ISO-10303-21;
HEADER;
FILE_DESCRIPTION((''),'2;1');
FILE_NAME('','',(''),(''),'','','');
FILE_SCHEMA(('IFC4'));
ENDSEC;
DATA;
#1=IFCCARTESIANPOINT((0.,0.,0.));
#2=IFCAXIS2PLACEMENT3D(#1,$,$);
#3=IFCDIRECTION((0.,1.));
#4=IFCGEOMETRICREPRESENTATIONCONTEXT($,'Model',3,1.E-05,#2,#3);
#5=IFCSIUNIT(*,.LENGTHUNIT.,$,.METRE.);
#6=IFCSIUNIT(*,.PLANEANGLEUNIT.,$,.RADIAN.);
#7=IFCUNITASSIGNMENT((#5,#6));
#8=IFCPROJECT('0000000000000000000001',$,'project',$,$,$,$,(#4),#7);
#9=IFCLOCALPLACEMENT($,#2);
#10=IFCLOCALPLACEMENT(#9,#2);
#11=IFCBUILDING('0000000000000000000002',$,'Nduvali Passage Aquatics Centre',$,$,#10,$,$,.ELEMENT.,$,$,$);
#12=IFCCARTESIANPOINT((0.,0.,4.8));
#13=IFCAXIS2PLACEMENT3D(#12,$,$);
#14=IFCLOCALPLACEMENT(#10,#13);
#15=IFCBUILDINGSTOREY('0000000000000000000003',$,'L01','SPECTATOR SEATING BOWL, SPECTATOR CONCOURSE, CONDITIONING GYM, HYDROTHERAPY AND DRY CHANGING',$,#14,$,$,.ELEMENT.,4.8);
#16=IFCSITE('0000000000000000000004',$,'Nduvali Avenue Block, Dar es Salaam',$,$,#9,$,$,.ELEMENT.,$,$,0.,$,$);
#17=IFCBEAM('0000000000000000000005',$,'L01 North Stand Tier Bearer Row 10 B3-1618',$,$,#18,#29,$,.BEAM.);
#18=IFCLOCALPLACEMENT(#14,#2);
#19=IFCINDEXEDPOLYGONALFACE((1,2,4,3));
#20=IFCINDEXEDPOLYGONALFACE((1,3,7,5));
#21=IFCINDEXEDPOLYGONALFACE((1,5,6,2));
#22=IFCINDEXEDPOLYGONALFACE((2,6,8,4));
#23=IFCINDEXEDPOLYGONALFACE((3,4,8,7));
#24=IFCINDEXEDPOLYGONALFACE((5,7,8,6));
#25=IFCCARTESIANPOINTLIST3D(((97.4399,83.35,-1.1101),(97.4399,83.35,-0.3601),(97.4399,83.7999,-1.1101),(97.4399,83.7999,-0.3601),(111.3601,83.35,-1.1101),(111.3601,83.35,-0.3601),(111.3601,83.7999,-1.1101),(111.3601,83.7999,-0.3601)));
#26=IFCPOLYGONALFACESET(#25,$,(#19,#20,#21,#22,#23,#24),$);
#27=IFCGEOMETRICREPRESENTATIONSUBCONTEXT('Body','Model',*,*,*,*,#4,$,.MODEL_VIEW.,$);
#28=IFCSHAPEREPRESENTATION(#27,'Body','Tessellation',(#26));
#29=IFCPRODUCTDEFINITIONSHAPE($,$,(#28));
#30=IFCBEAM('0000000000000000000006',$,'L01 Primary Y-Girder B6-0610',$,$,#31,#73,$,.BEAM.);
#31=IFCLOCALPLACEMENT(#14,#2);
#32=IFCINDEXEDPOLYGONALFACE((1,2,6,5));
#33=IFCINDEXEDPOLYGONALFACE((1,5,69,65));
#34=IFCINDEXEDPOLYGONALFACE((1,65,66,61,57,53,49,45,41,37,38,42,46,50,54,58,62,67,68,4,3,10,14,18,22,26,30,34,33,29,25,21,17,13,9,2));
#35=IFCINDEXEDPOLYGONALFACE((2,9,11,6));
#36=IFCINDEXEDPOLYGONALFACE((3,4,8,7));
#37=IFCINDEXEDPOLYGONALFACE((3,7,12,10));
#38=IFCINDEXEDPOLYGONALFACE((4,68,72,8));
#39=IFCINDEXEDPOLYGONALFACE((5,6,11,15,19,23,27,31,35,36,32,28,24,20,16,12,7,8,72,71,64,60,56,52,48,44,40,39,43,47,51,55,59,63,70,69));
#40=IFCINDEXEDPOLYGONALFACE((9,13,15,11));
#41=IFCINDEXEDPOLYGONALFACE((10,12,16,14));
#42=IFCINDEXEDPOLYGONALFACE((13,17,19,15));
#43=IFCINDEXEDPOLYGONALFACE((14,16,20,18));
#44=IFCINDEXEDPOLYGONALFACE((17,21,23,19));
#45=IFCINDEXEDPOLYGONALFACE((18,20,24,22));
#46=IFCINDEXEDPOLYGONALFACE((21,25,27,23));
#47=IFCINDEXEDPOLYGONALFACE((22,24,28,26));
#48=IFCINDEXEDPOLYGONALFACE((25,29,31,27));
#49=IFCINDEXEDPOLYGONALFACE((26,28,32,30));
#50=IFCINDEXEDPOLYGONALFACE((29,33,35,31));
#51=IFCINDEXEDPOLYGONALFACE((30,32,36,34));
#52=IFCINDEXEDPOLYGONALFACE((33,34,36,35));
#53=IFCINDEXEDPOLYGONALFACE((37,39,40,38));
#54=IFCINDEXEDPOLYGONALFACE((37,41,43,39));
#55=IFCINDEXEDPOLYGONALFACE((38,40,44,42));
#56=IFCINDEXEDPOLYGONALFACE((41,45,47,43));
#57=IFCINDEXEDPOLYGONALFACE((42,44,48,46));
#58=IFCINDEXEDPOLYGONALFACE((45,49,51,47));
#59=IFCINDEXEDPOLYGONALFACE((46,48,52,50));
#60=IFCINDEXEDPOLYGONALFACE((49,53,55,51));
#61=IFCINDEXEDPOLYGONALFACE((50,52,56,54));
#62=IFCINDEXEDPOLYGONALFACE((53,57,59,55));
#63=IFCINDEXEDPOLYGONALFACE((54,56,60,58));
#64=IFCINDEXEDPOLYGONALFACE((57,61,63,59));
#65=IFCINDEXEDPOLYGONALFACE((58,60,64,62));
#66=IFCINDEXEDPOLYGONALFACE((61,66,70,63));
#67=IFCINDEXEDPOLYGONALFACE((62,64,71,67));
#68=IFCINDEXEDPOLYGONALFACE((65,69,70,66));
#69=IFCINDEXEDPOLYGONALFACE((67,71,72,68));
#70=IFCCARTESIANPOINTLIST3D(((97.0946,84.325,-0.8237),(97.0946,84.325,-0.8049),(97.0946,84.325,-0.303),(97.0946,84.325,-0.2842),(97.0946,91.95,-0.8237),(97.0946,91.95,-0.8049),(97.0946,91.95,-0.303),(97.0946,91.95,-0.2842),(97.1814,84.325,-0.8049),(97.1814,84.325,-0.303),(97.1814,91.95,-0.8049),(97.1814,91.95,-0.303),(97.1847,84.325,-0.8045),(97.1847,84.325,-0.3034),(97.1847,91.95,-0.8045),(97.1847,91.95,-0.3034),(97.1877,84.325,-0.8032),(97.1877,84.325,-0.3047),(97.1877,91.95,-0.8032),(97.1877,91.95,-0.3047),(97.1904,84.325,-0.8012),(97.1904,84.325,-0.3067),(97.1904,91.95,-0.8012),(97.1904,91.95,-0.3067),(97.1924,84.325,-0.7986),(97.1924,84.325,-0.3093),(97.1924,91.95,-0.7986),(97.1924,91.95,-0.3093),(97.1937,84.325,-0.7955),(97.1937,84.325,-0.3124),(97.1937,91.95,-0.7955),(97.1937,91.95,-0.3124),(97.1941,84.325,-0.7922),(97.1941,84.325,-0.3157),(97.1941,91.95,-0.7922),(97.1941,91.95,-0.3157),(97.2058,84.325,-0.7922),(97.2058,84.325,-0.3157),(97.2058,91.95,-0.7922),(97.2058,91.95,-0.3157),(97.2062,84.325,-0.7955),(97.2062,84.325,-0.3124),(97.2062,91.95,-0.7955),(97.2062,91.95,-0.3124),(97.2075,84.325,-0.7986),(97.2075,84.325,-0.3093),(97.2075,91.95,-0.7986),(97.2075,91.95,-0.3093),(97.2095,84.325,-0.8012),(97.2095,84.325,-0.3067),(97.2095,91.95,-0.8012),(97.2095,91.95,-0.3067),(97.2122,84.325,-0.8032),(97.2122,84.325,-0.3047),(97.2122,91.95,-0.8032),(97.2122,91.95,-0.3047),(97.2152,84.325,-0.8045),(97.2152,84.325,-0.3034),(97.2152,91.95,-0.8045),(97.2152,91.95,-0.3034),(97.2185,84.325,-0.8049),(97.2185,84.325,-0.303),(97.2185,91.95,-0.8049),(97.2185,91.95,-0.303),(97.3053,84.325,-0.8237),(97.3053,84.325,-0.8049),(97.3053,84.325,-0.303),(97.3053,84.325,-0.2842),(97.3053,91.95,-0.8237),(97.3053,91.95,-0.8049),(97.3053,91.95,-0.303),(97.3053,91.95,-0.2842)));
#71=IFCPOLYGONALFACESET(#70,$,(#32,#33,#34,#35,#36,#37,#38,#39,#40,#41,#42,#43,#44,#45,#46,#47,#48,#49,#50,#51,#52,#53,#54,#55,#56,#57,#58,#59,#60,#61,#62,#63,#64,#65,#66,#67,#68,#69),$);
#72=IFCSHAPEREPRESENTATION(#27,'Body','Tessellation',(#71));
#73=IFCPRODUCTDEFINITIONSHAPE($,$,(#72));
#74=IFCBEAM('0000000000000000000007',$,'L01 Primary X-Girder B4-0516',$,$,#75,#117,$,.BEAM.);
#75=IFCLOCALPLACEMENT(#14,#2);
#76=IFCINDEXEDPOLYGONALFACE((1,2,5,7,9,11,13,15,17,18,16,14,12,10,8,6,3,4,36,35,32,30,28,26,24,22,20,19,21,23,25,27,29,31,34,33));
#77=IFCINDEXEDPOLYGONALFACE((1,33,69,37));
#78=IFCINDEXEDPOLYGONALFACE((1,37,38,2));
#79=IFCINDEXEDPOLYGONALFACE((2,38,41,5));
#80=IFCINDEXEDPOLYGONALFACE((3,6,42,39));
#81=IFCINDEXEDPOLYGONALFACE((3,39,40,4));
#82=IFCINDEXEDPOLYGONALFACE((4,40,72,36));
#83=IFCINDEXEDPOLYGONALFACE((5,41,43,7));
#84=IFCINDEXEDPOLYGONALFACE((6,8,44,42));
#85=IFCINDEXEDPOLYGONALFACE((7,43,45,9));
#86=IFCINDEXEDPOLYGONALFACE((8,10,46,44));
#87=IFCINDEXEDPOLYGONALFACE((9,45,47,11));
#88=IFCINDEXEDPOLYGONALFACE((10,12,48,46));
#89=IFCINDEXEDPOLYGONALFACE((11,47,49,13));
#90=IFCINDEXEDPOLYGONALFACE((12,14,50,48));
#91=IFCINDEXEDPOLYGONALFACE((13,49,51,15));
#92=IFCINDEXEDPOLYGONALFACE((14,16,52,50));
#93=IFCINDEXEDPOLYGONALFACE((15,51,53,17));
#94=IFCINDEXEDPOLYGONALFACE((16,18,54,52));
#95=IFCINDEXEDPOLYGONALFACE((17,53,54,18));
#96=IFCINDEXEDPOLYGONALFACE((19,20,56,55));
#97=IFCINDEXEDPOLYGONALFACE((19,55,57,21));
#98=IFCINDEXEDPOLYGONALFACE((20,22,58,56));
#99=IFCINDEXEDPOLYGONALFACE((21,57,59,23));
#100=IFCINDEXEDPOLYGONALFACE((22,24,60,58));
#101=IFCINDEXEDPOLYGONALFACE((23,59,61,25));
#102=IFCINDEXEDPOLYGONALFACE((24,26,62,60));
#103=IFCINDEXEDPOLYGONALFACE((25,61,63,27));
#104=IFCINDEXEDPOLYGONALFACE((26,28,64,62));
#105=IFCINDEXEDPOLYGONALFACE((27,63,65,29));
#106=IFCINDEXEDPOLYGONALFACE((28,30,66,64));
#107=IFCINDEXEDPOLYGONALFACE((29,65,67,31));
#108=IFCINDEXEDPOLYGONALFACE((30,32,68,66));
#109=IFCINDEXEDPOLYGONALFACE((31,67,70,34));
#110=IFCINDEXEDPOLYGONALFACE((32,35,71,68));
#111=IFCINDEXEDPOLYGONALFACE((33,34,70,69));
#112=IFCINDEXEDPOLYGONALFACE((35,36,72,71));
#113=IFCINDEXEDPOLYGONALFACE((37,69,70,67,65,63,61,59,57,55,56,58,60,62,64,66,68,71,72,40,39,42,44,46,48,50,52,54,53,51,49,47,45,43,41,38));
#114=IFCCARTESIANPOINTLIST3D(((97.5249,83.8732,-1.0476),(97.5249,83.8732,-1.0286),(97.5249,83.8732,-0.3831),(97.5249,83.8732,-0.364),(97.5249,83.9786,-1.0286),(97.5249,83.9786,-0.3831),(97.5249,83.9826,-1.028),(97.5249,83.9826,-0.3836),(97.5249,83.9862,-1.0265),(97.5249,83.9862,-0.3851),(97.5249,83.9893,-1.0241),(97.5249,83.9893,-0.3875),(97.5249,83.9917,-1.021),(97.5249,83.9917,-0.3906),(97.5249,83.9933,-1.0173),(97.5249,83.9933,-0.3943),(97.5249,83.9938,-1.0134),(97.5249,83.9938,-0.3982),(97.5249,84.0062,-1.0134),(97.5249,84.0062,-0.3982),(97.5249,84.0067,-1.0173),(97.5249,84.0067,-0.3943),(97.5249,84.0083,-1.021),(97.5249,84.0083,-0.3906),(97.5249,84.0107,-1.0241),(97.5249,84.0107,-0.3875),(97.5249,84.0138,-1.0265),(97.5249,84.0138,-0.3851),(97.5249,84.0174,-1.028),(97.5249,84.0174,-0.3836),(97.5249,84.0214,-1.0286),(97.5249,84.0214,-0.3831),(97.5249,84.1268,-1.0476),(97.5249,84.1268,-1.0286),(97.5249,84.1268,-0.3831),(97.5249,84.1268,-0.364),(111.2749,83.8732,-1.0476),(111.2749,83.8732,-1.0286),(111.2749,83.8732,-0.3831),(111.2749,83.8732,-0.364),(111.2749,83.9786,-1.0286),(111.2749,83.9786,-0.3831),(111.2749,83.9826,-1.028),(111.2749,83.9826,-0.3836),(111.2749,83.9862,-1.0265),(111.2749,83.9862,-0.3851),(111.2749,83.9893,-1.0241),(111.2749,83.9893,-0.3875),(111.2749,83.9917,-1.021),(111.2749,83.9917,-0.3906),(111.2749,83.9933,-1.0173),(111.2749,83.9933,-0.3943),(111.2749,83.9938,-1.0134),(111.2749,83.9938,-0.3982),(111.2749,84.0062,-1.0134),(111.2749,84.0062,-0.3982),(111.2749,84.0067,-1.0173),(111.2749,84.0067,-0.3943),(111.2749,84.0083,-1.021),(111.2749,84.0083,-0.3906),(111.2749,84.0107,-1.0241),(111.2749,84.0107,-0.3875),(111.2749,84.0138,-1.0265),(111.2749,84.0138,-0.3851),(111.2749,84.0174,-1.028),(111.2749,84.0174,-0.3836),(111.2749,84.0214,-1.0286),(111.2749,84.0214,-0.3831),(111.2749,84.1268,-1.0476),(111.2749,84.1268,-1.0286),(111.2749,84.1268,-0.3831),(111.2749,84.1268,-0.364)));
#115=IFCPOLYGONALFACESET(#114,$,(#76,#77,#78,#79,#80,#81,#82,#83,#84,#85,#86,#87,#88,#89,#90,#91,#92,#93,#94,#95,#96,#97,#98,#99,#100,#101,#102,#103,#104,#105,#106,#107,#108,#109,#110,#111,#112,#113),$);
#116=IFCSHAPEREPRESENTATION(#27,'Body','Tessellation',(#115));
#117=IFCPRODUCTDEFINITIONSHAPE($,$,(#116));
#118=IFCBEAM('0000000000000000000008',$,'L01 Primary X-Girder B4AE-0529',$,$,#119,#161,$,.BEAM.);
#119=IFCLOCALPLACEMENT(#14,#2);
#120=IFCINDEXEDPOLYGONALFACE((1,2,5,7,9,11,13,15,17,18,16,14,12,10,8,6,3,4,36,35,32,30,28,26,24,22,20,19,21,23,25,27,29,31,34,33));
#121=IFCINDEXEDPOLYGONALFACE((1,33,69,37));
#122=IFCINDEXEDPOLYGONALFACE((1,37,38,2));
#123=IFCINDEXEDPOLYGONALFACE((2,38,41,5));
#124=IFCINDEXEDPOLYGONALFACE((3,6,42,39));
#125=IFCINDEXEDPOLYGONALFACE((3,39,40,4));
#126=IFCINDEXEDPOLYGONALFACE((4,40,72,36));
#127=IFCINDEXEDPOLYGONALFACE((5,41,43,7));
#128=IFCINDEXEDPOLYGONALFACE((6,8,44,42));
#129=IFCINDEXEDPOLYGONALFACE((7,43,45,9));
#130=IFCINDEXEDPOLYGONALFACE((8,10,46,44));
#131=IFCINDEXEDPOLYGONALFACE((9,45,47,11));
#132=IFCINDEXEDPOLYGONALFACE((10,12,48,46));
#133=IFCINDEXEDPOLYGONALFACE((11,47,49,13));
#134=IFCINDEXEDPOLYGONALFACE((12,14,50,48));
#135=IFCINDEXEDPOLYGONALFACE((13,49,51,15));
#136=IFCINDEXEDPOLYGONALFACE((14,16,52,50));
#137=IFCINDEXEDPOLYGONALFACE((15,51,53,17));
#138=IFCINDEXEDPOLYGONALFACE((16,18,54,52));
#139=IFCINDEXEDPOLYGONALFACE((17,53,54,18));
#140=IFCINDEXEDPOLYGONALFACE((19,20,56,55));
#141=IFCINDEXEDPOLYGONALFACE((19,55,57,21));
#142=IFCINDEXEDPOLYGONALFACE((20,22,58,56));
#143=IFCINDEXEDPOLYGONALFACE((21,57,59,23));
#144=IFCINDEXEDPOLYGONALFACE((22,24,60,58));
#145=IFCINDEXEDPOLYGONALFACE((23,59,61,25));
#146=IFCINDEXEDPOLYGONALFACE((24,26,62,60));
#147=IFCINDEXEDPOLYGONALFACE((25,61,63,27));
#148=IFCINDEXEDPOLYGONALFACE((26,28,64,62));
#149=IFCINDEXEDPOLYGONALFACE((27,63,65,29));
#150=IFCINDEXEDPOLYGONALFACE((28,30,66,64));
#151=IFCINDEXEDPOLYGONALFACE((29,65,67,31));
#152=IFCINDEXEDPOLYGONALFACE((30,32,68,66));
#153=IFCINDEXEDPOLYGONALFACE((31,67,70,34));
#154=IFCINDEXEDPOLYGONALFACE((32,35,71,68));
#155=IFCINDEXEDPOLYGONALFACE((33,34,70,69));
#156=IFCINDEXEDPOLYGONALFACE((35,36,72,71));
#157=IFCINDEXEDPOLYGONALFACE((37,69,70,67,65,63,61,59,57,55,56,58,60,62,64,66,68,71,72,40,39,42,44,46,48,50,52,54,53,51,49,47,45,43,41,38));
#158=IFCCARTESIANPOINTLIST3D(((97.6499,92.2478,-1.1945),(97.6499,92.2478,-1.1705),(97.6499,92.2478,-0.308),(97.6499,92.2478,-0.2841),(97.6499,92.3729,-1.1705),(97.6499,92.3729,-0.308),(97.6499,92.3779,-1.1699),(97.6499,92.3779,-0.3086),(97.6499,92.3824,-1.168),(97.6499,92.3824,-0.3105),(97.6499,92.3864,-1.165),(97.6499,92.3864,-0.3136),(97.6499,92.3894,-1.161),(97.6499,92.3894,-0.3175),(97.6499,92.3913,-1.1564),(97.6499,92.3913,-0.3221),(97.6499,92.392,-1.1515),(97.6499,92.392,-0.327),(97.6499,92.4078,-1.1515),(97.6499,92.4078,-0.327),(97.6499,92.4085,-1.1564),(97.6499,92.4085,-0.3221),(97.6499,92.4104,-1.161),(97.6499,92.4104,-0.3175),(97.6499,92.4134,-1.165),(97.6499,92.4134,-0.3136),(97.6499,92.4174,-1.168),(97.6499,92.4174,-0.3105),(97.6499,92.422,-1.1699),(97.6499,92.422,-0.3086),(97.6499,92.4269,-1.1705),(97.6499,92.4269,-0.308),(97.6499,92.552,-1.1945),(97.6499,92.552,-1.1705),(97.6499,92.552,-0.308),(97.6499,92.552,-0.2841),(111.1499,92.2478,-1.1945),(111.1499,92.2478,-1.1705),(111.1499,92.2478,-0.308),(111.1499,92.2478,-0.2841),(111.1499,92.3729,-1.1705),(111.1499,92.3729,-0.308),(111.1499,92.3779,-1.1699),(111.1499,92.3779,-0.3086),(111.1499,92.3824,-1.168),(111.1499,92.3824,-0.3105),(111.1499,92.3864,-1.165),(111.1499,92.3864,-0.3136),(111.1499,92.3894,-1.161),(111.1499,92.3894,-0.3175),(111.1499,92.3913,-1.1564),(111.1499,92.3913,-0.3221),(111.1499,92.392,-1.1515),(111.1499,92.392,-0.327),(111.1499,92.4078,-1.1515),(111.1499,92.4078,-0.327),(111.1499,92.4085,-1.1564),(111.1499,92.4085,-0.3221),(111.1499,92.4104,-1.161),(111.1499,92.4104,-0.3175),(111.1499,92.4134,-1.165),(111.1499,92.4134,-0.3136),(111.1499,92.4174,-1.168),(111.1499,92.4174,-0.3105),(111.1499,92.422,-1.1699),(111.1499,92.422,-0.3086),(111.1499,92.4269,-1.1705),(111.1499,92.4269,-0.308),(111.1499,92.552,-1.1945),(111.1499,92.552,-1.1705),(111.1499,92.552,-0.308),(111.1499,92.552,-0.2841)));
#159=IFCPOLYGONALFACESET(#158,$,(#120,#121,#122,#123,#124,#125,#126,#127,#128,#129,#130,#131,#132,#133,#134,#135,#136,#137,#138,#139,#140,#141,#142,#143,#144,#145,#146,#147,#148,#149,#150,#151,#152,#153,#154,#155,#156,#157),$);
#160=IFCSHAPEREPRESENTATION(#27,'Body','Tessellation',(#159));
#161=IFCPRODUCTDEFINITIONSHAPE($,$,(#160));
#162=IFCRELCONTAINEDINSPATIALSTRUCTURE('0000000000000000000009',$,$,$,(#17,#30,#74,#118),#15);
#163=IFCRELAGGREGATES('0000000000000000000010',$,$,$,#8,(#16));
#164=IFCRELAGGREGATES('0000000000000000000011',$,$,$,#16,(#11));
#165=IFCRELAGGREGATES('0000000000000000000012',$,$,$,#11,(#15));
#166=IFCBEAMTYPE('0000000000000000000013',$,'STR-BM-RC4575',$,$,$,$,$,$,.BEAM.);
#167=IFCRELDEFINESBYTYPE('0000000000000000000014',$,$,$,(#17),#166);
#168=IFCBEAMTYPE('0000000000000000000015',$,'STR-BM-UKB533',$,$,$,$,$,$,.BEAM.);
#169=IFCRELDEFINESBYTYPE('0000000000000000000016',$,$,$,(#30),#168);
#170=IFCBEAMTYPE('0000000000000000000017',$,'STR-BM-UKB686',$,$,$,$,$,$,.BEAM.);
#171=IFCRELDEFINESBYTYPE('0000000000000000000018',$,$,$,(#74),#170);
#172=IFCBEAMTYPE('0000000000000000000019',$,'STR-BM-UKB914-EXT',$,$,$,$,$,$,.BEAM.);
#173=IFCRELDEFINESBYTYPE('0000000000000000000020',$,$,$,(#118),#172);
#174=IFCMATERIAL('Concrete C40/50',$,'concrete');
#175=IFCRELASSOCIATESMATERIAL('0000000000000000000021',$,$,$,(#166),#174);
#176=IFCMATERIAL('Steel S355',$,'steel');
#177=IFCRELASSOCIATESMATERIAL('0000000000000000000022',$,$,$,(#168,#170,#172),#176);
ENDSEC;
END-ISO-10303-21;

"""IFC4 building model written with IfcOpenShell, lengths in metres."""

from ifc_helpers import new_model, si_unit, direction, frame, origin, origin_2d, place, context, subcontext, project, spatial, rectangle, i_section, extrude, material, material_profile, profile_set, type_object, element, save


model = new_model("IFC4")

# Units and contexts
model_context = context("Model", 3, precision=1e-05, world=origin(), true_north=direction((0.0, 1.0)))
body_context = subcontext(model_context, "Body", "Model", "MODEL_VIEW")
ifc_project = project(units=[si_unit("LENGTHUNIT", "METRE"), si_unit("PLANEANGLEUNIT", "RADIAN")], contexts=[model_context])

# Site, building, storey
site_placement = place(None, origin())
site = spatial("IfcSite", under=ifc_project, at=site_placement, Name="Nduvali Avenue Block, Dar es Salaam", CompositionType="ELEMENT", RefElevation=0.0)
building_placement = place(site_placement, origin())
building = spatial("IfcBuilding", under=site, at=building_placement, Name="Nduvali Passage Aquatics Centre", CompositionType="ELEMENT")
storey_placement = place(building_placement, frame((0.0, 0.0, 4.8)))
storey = spatial("IfcBuildingStorey", under=building, at=storey_placement, Name="L01", Description="SPECTATOR SEATING BOWL, SPECTATOR CONCOURSE, CONDITIONING GYM, HYDROTHERAPY AND DRY CHANGING", CompositionType="ELEMENT", Elevation=4.8)

# Shared definitions
ifc_material_1 = material(Name="Concrete C40/50", Category="concrete")
ifc_material_2 = material(Name="Steel S355", Category="steel")

# Beams
ifc_material_profile_1 = material_profile(ifc_material_1, rectangle(XDim=0.45, YDim=0.75, at=origin_2d()), Name="RC 450x750")
ifc_profile_set_1 = profile_set([ifc_material_profile_1], Name="Concrete C40/50")
beam_type_1 = type_object("IfcBeamType", Name="STR-BM-RC4575", PredefinedType="BEAM", material=ifc_profile_set_1)
for number, where, z_axis, x_axis, name in (
    (1, (97.4399, 83.575, -0.7351), (1.0, 0.0, 0.0), (0.0, 1.0, 0.0), "L01 North Stand Tier Bearer Row 10 B3-1618"),
):
    element("IfcBeam", number, at=place(storey_placement, frame(where, z_axis=z_axis, x_axis=x_axis)), inside=storey, type_object=beam_type_1, Name=name, PredefinedType="BEAM", context=body_context, shape_type="SweptSolid", body=[
        extrude(rectangle(XDim=0.45, YDim=0.75, at=origin_2d()), origin(), (0.0, 0.0, 1.0), 13.9202),
    ])
ifc_material_profile_2 = material_profile(ifc_material_2, i_section(OverallWidth=0.2107, OverallDepth=0.5396, WebThickness=0.0117, FlangeThickness=0.0188, FilletRadius=0.0127, at=origin_2d()), Name="UKB 533x210x109")
ifc_profile_set_2 = profile_set([ifc_material_profile_2], Name="Steel S355")
beam_type_2 = type_object("IfcBeamType", Name="STR-BM-UKB533", PredefinedType="BEAM", material=ifc_profile_set_2)
beam_1_placement = place(storey_placement, frame((97.2, 84.325, -0.554), z_axis=(0.0, 1.0, 0.0), x_axis=(-1.0, 0.0, 0.0)))
element("IfcBeam", 2, at=beam_1_placement, inside=storey, type_object=beam_type_2, Name="L01 Primary Y-Girder B6-0610", PredefinedType="BEAM", context=body_context, shape_type="SweptSolid", body=[
    extrude(i_section(OverallWidth=0.2107, OverallDepth=0.5396, WebThickness=0.0117, FlangeThickness=0.0188, FilletRadius=0.0127, at=origin_2d()), origin(), (0.0, 0.0, 1.0), 7.625),
])
ifc_material_profile_3 = material_profile(ifc_material_2, i_section(OverallWidth=0.2537, OverallDepth=0.6836, WebThickness=0.0125, FlangeThickness=0.019, FilletRadius=0.0151, at=origin_2d()), Name="UKB 686x254x140")
ifc_profile_set_3 = profile_set([ifc_material_profile_3], Name="Steel S355")
beam_type_3 = type_object("IfcBeamType", Name="STR-BM-UKB686", PredefinedType="BEAM", material=ifc_profile_set_3)
beam_2_placement = place(storey_placement, frame((97.5249, 84.0, -0.7058), z_axis=(1.0, 0.0, 0.0), x_axis=(0.0, 1.0, 0.0)))
element("IfcBeam", 3, at=beam_2_placement, inside=storey, type_object=beam_type_3, Name="L01 Primary X-Girder B4-0516", PredefinedType="BEAM", context=body_context, shape_type="SweptSolid", body=[
    extrude(i_section(OverallWidth=0.2537, OverallDepth=0.6836, WebThickness=0.0125, FlangeThickness=0.019, FilletRadius=0.0151, at=origin_2d()), origin(), (0.0, 0.0, 1.0), 13.75),
])
ifc_material_profile_4 = material_profile(ifc_material_2, i_section(OverallWidth=0.3042, OverallDepth=0.9104, WebThickness=0.0159, FlangeThickness=0.0239, FilletRadius=0.019, at=origin_2d()), Name="UKB 914x305x224")
ifc_profile_set_4 = profile_set([ifc_material_profile_4], Name="Steel S355")
beam_type_4 = type_object("IfcBeamType", Name="STR-BM-UKB914-EXT", PredefinedType="BEAM", material=ifc_profile_set_4)
beam_3_placement = place(storey_placement, frame((97.6499, 92.3999, -0.7393), z_axis=(1.0, 0.0, 0.0), x_axis=(0.0, 1.0, 0.0)))
element("IfcBeam", 4, at=beam_3_placement, inside=storey, type_object=beam_type_4, Name="L01 Primary X-Girder B4AE-0529", PredefinedType="BEAM", context=body_context, shape_type="SweptSolid", body=[
    extrude(i_section(OverallWidth=0.3042, OverallDepth=0.9104, WebThickness=0.0159, FlangeThickness=0.0239, FilletRadius=0.019, at=origin_2d()), origin(), (0.0, 0.0, 1.0), 13.5),
])

save(model, "model.ifc")
